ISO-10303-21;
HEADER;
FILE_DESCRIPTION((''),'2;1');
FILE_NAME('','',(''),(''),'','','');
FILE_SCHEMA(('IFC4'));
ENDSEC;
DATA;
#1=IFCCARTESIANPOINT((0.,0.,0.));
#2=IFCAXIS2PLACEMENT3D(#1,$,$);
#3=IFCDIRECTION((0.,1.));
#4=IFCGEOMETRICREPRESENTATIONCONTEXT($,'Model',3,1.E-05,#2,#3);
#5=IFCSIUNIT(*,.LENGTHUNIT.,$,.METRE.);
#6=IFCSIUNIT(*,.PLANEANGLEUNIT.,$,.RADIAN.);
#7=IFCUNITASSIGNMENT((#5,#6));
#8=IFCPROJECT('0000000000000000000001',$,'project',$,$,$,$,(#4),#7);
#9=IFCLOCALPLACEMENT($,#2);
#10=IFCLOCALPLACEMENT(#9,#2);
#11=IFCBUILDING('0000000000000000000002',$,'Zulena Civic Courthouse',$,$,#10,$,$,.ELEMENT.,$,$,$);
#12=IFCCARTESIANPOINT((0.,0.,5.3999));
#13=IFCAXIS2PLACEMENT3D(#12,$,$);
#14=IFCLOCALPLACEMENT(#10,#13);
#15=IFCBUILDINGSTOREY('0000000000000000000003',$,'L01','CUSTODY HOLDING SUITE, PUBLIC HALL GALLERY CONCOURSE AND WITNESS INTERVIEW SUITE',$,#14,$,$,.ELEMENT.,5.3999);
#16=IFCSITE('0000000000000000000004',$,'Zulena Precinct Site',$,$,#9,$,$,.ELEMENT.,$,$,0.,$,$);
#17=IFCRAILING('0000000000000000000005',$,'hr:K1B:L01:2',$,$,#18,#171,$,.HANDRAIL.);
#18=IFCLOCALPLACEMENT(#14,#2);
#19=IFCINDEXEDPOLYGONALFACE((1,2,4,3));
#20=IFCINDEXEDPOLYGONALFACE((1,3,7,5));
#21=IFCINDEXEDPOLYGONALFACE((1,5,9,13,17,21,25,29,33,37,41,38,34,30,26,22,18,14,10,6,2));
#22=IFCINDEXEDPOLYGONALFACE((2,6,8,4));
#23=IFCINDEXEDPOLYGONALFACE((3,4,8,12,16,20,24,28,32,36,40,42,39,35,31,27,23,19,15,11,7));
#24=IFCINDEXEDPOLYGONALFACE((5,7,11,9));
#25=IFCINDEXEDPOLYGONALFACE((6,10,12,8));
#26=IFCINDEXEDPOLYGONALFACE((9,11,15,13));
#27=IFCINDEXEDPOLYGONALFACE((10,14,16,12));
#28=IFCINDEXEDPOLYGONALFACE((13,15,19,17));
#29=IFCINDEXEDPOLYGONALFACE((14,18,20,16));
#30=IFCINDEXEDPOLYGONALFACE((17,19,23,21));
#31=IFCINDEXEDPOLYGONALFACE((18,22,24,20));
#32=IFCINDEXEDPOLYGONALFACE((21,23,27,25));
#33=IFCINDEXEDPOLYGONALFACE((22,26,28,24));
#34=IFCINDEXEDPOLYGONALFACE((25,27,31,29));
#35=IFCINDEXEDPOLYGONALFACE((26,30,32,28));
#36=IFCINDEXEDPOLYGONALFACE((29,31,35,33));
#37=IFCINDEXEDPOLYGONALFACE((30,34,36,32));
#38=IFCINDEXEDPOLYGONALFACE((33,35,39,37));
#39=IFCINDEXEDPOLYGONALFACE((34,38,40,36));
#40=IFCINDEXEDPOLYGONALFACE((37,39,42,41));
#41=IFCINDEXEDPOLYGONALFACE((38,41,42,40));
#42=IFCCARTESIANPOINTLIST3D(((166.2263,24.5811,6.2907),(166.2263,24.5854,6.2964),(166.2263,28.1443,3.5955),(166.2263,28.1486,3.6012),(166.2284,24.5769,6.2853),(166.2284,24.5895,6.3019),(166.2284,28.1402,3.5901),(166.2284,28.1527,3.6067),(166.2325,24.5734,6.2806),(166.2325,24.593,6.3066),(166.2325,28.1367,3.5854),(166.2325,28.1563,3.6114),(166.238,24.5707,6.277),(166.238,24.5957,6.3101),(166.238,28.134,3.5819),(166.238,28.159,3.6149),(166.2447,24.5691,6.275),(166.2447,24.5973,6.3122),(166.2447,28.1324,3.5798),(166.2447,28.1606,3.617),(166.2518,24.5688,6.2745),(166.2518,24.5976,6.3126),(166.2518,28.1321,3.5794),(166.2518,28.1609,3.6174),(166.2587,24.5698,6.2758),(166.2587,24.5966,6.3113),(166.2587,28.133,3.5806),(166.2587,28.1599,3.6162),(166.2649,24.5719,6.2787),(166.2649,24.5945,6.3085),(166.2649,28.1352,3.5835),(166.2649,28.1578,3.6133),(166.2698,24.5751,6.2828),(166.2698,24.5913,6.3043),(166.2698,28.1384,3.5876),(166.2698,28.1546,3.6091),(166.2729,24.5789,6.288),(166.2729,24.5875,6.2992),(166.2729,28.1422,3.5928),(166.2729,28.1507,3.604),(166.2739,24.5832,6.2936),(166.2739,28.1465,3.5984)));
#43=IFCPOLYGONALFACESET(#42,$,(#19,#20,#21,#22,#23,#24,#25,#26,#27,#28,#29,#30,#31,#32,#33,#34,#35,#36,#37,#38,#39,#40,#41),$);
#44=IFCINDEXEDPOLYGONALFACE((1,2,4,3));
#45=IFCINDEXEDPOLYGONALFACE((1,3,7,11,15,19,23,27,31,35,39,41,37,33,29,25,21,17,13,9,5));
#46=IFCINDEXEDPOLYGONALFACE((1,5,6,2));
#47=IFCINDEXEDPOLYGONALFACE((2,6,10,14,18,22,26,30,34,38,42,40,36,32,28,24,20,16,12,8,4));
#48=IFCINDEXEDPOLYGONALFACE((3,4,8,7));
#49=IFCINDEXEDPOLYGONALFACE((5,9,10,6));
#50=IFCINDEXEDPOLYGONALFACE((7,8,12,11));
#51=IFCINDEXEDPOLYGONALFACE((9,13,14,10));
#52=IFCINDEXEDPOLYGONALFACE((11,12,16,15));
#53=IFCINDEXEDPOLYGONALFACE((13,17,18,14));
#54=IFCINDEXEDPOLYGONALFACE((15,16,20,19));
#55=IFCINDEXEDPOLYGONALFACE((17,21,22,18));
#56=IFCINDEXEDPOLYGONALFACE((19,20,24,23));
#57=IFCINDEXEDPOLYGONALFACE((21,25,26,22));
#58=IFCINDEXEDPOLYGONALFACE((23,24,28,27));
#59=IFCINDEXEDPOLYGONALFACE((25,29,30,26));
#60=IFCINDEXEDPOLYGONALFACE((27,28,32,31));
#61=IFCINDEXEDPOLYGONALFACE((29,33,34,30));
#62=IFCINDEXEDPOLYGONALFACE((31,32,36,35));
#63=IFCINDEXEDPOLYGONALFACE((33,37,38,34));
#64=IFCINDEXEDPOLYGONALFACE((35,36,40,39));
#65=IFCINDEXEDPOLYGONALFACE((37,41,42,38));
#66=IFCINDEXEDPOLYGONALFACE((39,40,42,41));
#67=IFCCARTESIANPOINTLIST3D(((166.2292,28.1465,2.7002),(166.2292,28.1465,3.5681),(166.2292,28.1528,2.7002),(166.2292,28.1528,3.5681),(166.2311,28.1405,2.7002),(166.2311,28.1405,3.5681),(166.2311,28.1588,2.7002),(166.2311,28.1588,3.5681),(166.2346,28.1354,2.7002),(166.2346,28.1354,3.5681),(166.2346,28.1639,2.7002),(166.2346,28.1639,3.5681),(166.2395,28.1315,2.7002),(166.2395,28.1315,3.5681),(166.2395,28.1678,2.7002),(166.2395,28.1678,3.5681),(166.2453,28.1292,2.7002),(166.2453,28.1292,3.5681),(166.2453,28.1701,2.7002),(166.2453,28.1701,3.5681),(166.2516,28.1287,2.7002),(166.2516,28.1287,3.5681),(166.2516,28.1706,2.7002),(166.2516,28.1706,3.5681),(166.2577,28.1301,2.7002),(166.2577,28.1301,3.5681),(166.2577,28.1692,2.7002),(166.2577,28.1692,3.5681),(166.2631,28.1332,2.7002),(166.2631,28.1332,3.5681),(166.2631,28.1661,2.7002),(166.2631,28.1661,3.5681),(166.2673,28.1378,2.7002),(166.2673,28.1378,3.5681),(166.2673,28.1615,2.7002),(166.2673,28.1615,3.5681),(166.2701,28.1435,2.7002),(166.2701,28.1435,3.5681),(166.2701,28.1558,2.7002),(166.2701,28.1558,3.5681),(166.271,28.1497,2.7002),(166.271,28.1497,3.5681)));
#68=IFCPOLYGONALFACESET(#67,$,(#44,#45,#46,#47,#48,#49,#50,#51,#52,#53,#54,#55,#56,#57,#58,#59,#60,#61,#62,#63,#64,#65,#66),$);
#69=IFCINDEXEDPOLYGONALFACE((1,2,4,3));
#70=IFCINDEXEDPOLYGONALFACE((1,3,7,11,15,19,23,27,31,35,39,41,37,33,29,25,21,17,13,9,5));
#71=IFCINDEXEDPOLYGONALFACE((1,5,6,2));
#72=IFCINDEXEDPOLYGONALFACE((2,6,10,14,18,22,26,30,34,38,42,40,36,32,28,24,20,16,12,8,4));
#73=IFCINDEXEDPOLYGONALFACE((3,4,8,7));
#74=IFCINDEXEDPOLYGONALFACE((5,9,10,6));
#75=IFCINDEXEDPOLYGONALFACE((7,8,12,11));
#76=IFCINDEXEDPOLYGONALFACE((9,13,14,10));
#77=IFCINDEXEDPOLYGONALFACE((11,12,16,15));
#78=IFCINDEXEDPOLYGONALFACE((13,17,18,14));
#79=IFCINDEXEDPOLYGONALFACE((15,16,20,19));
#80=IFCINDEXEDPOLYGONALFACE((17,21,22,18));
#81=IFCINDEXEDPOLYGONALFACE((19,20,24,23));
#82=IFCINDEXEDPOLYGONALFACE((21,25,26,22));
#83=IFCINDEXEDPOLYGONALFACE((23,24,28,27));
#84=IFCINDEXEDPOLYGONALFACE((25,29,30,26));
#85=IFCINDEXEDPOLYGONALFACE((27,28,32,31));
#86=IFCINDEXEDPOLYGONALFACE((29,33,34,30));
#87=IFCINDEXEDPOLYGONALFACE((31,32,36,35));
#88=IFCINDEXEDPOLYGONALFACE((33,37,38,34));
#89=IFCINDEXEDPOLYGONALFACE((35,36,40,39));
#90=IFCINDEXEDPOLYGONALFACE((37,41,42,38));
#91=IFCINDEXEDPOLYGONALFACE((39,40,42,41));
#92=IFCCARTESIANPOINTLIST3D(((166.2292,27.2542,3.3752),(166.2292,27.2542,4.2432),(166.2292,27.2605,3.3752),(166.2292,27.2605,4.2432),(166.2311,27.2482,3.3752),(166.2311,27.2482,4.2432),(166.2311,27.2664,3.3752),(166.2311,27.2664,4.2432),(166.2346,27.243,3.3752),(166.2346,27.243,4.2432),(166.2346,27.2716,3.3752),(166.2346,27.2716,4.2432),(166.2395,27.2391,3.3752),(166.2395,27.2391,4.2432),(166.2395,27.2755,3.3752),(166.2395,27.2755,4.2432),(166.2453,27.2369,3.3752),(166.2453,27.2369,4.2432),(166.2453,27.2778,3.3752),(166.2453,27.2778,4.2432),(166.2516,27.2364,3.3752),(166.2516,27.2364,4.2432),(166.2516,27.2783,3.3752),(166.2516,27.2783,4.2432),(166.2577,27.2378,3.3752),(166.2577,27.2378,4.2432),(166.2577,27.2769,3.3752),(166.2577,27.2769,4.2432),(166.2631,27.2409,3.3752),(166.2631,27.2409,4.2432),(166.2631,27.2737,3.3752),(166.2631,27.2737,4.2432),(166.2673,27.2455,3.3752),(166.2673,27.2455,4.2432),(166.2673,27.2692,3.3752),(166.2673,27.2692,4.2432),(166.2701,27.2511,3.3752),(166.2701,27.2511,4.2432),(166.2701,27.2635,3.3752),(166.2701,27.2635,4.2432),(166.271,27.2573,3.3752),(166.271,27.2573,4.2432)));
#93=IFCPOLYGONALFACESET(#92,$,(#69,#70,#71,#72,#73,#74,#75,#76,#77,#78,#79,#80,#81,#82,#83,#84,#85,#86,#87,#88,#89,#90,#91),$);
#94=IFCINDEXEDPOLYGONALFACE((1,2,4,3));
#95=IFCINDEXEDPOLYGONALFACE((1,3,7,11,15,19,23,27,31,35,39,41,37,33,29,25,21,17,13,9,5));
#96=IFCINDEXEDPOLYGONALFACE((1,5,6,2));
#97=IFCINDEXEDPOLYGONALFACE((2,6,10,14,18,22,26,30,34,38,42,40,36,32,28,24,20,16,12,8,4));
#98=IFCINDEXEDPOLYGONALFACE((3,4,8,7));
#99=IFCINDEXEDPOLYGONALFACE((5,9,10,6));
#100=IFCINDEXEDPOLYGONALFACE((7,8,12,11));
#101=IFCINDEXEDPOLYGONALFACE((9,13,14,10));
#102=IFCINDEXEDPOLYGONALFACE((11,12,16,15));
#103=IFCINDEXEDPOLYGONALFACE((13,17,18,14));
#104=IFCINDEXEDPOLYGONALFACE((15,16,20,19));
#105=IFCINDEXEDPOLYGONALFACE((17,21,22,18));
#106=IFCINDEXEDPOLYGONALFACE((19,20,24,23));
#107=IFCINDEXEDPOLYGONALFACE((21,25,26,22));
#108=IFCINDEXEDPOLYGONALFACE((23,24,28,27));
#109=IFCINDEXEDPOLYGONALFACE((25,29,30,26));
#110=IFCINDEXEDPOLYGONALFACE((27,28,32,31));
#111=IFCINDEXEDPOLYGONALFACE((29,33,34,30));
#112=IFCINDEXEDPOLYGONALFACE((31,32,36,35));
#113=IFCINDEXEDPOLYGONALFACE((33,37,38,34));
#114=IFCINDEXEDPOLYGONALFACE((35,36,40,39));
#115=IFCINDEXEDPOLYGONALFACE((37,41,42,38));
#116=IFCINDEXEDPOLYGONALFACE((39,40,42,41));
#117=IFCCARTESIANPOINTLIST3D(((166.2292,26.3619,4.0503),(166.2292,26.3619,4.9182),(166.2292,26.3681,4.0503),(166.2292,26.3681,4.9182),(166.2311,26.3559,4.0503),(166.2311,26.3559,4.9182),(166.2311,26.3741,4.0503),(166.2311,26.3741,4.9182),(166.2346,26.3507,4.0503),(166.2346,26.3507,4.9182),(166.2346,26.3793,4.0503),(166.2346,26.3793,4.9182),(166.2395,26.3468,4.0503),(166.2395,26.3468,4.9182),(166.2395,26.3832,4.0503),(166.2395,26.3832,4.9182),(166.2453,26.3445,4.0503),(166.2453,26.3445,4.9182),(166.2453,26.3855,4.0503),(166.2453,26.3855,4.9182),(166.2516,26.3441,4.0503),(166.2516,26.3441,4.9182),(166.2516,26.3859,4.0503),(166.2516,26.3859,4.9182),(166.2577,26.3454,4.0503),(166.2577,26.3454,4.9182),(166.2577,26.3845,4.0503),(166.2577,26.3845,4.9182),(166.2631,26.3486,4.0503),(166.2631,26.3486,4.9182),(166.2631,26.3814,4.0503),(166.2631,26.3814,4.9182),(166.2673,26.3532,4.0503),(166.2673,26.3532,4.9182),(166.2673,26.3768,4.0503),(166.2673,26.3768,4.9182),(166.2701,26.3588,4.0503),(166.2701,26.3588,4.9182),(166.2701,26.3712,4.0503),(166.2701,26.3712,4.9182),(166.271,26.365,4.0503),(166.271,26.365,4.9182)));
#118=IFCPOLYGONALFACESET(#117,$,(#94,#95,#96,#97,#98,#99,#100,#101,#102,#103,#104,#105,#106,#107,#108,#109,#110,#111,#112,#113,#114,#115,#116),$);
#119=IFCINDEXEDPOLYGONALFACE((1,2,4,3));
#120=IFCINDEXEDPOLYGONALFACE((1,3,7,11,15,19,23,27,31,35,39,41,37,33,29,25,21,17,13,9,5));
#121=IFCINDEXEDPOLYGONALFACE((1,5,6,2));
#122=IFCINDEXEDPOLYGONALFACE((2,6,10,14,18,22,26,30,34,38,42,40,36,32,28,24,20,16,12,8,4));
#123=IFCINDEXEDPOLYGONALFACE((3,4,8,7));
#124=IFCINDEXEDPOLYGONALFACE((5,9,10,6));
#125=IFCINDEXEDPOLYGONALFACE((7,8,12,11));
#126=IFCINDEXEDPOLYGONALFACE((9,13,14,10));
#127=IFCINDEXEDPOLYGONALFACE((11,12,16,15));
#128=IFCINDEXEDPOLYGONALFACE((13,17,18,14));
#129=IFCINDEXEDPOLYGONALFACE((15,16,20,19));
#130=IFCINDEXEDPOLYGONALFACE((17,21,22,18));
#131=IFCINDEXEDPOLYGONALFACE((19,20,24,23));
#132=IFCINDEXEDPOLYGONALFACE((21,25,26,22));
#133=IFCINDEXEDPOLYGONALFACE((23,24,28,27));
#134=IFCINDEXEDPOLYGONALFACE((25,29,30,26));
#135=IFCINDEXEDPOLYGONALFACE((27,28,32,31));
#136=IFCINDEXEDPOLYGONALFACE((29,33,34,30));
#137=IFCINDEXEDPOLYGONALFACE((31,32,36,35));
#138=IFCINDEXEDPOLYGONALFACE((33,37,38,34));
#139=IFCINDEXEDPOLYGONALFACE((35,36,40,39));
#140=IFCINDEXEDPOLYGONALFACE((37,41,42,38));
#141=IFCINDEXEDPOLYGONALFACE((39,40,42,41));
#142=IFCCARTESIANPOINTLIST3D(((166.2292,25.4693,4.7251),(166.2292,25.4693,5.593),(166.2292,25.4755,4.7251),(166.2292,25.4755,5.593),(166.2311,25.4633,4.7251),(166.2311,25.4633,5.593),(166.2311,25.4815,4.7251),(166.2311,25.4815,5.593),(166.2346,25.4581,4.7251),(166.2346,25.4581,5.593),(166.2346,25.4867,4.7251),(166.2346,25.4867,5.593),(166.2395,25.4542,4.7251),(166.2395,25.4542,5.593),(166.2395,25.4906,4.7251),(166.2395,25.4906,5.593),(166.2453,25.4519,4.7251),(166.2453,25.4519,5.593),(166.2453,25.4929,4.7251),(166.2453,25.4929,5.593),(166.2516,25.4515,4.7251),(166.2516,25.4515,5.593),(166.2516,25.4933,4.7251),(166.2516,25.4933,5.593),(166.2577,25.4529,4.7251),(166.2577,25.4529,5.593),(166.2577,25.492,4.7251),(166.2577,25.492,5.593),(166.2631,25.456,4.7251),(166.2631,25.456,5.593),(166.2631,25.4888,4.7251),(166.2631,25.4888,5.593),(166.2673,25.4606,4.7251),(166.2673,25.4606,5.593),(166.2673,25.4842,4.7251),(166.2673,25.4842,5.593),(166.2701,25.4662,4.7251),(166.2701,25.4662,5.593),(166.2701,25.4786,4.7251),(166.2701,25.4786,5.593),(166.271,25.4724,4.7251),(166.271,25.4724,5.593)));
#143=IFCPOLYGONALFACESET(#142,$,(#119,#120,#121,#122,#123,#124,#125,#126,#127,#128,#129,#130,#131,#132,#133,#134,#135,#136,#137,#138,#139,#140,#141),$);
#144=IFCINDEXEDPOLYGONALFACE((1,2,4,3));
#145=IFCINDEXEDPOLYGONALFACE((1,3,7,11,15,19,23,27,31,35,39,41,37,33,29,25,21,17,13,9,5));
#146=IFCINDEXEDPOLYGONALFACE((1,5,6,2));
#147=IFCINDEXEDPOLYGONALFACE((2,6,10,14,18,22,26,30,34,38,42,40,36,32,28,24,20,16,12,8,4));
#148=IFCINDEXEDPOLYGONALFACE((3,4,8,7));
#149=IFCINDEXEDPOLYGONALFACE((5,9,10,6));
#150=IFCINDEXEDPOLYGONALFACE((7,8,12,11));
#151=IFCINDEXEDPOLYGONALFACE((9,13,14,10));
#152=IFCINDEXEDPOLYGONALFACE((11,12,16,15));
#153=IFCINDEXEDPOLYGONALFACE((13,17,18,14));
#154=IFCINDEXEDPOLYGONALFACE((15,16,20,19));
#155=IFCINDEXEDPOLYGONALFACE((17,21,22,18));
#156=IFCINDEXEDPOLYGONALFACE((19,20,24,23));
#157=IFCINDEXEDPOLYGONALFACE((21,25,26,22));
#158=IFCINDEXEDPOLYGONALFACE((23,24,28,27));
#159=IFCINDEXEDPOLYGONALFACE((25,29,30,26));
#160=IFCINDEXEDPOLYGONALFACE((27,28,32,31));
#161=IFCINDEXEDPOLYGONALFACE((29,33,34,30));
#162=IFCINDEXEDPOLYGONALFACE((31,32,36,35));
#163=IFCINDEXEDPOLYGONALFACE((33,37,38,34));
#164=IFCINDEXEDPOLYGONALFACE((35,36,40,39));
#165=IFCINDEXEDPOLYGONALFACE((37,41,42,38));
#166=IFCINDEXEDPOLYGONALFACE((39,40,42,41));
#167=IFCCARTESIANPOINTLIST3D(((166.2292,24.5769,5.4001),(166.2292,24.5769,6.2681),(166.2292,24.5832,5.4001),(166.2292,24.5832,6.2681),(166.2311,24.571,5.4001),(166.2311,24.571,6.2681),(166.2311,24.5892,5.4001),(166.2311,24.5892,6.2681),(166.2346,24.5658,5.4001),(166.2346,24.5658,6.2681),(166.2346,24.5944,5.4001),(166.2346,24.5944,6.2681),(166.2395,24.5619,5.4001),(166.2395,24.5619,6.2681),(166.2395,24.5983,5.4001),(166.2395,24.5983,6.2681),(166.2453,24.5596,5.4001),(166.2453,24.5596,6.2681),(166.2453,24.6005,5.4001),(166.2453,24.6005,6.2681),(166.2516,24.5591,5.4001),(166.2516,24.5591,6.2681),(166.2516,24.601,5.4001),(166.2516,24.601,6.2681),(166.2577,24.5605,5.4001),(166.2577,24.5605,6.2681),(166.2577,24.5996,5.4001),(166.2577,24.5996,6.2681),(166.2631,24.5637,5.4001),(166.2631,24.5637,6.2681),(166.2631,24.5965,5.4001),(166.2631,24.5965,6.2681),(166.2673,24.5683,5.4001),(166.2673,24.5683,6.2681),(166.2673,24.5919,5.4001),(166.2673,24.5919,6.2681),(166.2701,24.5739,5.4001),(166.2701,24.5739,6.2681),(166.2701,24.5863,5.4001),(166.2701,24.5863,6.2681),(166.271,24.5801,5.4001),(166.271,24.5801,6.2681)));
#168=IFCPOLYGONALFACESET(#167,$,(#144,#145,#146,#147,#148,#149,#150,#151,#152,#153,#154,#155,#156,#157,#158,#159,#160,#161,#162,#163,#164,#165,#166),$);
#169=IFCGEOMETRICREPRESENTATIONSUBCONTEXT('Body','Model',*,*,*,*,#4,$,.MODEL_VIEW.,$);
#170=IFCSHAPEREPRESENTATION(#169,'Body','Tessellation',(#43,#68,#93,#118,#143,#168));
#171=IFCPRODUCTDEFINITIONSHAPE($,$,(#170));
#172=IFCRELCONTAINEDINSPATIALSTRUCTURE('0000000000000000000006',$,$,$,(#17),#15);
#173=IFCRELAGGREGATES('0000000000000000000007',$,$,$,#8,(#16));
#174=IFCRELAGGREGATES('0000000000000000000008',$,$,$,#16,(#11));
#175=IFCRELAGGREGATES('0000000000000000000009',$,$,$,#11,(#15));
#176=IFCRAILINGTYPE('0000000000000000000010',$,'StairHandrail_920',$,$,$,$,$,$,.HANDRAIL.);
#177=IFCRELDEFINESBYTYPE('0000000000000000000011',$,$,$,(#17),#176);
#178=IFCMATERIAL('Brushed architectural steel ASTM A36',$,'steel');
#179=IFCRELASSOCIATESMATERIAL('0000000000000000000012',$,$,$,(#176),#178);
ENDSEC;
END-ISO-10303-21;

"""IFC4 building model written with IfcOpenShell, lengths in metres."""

from ifc_helpers import new_model, si_unit, direction, frame, origin, origin_2d, place, context, subcontext, project, spatial, circle, extrude, material, type_object, element, save


model = new_model("IFC4")

# Units and contexts
model_context = context("Model", 3, precision=1e-05, world=origin(), true_north=direction((0.0, 1.0)))
body_context = subcontext(model_context, "Body", "Model", "MODEL_VIEW")
ifc_project = project(units=[si_unit("LENGTHUNIT", "METRE"), si_unit("PLANEANGLEUNIT", "RADIAN")], contexts=[model_context])

# Site, building, storey
site_placement = place(None, origin())
site = spatial("IfcSite", under=ifc_project, at=site_placement, Name="Zulena Precinct Site", CompositionType="ELEMENT", RefElevation=0.0)
building_placement = place(site_placement, origin())
building = spatial("IfcBuilding", under=site, at=building_placement, Name="Zulena Civic Courthouse", CompositionType="ELEMENT")
storey_placement = place(building_placement, frame((0.0, 0.0, 5.3999)))
storey = spatial("IfcBuildingStorey", under=building, at=storey_placement, Name="L01", Description="CUSTODY HOLDING SUITE, PUBLIC HALL GALLERY CONCOURSE AND WITNESS INTERVIEW SUITE", CompositionType="ELEMENT", Elevation=5.3999)

# Railing
ifc_material_1 = material(Name="Brushed architectural steel ASTM A36", Category="steel")
railing_type_1 = type_object("IfcRailingType", Name="StairHandrail_920", PredefinedType="HANDRAIL", material=ifc_material_1)
railing_1_placement = place(storey_placement, frame((166.25, 28.1497, 2.7002)))
element("IfcRailing", 1, at=railing_1_placement, inside=storey, type_object=railing_type_1, Name="hr:K1B:L01:2", PredefinedType="HANDRAIL", context=body_context, shape_type="SweptSolid", body=[
    extrude(circle(Radius=0.0239, at=origin_2d()), frame((0.0, -0.0032, 0.8982), z_axis=(0.0, -0.797552, 0.60325), x_axis=(1.0, 0.0, 0.0)), (0.0, 0.0, 1.0), 4.4678),
    extrude(circle(Radius=0.021, at=origin_2d()), origin(), (0.0, 0.0, 1.0), 0.8679),
    extrude(circle(Radius=0.021, at=origin_2d()), frame((0.0, -0.8923, 0.675)), (0.0, 0.0, 1.0), 0.8679),
    extrude(circle(Radius=0.021, at=origin_2d()), frame((0.0, -1.7847, 1.3501)), (0.0, 0.0, 1.0), 0.8679),
    extrude(circle(Radius=0.021, at=origin_2d()), frame((0.0, -2.6772, 2.0249)), (0.0, 0.0, 1.0), 0.8679),
    extrude(circle(Radius=0.021, at=origin_2d()), frame((0.0, -3.5696, 2.7)), (0.0, 0.0, 1.0), 0.8679),
])

save(model, "model.ifc")
